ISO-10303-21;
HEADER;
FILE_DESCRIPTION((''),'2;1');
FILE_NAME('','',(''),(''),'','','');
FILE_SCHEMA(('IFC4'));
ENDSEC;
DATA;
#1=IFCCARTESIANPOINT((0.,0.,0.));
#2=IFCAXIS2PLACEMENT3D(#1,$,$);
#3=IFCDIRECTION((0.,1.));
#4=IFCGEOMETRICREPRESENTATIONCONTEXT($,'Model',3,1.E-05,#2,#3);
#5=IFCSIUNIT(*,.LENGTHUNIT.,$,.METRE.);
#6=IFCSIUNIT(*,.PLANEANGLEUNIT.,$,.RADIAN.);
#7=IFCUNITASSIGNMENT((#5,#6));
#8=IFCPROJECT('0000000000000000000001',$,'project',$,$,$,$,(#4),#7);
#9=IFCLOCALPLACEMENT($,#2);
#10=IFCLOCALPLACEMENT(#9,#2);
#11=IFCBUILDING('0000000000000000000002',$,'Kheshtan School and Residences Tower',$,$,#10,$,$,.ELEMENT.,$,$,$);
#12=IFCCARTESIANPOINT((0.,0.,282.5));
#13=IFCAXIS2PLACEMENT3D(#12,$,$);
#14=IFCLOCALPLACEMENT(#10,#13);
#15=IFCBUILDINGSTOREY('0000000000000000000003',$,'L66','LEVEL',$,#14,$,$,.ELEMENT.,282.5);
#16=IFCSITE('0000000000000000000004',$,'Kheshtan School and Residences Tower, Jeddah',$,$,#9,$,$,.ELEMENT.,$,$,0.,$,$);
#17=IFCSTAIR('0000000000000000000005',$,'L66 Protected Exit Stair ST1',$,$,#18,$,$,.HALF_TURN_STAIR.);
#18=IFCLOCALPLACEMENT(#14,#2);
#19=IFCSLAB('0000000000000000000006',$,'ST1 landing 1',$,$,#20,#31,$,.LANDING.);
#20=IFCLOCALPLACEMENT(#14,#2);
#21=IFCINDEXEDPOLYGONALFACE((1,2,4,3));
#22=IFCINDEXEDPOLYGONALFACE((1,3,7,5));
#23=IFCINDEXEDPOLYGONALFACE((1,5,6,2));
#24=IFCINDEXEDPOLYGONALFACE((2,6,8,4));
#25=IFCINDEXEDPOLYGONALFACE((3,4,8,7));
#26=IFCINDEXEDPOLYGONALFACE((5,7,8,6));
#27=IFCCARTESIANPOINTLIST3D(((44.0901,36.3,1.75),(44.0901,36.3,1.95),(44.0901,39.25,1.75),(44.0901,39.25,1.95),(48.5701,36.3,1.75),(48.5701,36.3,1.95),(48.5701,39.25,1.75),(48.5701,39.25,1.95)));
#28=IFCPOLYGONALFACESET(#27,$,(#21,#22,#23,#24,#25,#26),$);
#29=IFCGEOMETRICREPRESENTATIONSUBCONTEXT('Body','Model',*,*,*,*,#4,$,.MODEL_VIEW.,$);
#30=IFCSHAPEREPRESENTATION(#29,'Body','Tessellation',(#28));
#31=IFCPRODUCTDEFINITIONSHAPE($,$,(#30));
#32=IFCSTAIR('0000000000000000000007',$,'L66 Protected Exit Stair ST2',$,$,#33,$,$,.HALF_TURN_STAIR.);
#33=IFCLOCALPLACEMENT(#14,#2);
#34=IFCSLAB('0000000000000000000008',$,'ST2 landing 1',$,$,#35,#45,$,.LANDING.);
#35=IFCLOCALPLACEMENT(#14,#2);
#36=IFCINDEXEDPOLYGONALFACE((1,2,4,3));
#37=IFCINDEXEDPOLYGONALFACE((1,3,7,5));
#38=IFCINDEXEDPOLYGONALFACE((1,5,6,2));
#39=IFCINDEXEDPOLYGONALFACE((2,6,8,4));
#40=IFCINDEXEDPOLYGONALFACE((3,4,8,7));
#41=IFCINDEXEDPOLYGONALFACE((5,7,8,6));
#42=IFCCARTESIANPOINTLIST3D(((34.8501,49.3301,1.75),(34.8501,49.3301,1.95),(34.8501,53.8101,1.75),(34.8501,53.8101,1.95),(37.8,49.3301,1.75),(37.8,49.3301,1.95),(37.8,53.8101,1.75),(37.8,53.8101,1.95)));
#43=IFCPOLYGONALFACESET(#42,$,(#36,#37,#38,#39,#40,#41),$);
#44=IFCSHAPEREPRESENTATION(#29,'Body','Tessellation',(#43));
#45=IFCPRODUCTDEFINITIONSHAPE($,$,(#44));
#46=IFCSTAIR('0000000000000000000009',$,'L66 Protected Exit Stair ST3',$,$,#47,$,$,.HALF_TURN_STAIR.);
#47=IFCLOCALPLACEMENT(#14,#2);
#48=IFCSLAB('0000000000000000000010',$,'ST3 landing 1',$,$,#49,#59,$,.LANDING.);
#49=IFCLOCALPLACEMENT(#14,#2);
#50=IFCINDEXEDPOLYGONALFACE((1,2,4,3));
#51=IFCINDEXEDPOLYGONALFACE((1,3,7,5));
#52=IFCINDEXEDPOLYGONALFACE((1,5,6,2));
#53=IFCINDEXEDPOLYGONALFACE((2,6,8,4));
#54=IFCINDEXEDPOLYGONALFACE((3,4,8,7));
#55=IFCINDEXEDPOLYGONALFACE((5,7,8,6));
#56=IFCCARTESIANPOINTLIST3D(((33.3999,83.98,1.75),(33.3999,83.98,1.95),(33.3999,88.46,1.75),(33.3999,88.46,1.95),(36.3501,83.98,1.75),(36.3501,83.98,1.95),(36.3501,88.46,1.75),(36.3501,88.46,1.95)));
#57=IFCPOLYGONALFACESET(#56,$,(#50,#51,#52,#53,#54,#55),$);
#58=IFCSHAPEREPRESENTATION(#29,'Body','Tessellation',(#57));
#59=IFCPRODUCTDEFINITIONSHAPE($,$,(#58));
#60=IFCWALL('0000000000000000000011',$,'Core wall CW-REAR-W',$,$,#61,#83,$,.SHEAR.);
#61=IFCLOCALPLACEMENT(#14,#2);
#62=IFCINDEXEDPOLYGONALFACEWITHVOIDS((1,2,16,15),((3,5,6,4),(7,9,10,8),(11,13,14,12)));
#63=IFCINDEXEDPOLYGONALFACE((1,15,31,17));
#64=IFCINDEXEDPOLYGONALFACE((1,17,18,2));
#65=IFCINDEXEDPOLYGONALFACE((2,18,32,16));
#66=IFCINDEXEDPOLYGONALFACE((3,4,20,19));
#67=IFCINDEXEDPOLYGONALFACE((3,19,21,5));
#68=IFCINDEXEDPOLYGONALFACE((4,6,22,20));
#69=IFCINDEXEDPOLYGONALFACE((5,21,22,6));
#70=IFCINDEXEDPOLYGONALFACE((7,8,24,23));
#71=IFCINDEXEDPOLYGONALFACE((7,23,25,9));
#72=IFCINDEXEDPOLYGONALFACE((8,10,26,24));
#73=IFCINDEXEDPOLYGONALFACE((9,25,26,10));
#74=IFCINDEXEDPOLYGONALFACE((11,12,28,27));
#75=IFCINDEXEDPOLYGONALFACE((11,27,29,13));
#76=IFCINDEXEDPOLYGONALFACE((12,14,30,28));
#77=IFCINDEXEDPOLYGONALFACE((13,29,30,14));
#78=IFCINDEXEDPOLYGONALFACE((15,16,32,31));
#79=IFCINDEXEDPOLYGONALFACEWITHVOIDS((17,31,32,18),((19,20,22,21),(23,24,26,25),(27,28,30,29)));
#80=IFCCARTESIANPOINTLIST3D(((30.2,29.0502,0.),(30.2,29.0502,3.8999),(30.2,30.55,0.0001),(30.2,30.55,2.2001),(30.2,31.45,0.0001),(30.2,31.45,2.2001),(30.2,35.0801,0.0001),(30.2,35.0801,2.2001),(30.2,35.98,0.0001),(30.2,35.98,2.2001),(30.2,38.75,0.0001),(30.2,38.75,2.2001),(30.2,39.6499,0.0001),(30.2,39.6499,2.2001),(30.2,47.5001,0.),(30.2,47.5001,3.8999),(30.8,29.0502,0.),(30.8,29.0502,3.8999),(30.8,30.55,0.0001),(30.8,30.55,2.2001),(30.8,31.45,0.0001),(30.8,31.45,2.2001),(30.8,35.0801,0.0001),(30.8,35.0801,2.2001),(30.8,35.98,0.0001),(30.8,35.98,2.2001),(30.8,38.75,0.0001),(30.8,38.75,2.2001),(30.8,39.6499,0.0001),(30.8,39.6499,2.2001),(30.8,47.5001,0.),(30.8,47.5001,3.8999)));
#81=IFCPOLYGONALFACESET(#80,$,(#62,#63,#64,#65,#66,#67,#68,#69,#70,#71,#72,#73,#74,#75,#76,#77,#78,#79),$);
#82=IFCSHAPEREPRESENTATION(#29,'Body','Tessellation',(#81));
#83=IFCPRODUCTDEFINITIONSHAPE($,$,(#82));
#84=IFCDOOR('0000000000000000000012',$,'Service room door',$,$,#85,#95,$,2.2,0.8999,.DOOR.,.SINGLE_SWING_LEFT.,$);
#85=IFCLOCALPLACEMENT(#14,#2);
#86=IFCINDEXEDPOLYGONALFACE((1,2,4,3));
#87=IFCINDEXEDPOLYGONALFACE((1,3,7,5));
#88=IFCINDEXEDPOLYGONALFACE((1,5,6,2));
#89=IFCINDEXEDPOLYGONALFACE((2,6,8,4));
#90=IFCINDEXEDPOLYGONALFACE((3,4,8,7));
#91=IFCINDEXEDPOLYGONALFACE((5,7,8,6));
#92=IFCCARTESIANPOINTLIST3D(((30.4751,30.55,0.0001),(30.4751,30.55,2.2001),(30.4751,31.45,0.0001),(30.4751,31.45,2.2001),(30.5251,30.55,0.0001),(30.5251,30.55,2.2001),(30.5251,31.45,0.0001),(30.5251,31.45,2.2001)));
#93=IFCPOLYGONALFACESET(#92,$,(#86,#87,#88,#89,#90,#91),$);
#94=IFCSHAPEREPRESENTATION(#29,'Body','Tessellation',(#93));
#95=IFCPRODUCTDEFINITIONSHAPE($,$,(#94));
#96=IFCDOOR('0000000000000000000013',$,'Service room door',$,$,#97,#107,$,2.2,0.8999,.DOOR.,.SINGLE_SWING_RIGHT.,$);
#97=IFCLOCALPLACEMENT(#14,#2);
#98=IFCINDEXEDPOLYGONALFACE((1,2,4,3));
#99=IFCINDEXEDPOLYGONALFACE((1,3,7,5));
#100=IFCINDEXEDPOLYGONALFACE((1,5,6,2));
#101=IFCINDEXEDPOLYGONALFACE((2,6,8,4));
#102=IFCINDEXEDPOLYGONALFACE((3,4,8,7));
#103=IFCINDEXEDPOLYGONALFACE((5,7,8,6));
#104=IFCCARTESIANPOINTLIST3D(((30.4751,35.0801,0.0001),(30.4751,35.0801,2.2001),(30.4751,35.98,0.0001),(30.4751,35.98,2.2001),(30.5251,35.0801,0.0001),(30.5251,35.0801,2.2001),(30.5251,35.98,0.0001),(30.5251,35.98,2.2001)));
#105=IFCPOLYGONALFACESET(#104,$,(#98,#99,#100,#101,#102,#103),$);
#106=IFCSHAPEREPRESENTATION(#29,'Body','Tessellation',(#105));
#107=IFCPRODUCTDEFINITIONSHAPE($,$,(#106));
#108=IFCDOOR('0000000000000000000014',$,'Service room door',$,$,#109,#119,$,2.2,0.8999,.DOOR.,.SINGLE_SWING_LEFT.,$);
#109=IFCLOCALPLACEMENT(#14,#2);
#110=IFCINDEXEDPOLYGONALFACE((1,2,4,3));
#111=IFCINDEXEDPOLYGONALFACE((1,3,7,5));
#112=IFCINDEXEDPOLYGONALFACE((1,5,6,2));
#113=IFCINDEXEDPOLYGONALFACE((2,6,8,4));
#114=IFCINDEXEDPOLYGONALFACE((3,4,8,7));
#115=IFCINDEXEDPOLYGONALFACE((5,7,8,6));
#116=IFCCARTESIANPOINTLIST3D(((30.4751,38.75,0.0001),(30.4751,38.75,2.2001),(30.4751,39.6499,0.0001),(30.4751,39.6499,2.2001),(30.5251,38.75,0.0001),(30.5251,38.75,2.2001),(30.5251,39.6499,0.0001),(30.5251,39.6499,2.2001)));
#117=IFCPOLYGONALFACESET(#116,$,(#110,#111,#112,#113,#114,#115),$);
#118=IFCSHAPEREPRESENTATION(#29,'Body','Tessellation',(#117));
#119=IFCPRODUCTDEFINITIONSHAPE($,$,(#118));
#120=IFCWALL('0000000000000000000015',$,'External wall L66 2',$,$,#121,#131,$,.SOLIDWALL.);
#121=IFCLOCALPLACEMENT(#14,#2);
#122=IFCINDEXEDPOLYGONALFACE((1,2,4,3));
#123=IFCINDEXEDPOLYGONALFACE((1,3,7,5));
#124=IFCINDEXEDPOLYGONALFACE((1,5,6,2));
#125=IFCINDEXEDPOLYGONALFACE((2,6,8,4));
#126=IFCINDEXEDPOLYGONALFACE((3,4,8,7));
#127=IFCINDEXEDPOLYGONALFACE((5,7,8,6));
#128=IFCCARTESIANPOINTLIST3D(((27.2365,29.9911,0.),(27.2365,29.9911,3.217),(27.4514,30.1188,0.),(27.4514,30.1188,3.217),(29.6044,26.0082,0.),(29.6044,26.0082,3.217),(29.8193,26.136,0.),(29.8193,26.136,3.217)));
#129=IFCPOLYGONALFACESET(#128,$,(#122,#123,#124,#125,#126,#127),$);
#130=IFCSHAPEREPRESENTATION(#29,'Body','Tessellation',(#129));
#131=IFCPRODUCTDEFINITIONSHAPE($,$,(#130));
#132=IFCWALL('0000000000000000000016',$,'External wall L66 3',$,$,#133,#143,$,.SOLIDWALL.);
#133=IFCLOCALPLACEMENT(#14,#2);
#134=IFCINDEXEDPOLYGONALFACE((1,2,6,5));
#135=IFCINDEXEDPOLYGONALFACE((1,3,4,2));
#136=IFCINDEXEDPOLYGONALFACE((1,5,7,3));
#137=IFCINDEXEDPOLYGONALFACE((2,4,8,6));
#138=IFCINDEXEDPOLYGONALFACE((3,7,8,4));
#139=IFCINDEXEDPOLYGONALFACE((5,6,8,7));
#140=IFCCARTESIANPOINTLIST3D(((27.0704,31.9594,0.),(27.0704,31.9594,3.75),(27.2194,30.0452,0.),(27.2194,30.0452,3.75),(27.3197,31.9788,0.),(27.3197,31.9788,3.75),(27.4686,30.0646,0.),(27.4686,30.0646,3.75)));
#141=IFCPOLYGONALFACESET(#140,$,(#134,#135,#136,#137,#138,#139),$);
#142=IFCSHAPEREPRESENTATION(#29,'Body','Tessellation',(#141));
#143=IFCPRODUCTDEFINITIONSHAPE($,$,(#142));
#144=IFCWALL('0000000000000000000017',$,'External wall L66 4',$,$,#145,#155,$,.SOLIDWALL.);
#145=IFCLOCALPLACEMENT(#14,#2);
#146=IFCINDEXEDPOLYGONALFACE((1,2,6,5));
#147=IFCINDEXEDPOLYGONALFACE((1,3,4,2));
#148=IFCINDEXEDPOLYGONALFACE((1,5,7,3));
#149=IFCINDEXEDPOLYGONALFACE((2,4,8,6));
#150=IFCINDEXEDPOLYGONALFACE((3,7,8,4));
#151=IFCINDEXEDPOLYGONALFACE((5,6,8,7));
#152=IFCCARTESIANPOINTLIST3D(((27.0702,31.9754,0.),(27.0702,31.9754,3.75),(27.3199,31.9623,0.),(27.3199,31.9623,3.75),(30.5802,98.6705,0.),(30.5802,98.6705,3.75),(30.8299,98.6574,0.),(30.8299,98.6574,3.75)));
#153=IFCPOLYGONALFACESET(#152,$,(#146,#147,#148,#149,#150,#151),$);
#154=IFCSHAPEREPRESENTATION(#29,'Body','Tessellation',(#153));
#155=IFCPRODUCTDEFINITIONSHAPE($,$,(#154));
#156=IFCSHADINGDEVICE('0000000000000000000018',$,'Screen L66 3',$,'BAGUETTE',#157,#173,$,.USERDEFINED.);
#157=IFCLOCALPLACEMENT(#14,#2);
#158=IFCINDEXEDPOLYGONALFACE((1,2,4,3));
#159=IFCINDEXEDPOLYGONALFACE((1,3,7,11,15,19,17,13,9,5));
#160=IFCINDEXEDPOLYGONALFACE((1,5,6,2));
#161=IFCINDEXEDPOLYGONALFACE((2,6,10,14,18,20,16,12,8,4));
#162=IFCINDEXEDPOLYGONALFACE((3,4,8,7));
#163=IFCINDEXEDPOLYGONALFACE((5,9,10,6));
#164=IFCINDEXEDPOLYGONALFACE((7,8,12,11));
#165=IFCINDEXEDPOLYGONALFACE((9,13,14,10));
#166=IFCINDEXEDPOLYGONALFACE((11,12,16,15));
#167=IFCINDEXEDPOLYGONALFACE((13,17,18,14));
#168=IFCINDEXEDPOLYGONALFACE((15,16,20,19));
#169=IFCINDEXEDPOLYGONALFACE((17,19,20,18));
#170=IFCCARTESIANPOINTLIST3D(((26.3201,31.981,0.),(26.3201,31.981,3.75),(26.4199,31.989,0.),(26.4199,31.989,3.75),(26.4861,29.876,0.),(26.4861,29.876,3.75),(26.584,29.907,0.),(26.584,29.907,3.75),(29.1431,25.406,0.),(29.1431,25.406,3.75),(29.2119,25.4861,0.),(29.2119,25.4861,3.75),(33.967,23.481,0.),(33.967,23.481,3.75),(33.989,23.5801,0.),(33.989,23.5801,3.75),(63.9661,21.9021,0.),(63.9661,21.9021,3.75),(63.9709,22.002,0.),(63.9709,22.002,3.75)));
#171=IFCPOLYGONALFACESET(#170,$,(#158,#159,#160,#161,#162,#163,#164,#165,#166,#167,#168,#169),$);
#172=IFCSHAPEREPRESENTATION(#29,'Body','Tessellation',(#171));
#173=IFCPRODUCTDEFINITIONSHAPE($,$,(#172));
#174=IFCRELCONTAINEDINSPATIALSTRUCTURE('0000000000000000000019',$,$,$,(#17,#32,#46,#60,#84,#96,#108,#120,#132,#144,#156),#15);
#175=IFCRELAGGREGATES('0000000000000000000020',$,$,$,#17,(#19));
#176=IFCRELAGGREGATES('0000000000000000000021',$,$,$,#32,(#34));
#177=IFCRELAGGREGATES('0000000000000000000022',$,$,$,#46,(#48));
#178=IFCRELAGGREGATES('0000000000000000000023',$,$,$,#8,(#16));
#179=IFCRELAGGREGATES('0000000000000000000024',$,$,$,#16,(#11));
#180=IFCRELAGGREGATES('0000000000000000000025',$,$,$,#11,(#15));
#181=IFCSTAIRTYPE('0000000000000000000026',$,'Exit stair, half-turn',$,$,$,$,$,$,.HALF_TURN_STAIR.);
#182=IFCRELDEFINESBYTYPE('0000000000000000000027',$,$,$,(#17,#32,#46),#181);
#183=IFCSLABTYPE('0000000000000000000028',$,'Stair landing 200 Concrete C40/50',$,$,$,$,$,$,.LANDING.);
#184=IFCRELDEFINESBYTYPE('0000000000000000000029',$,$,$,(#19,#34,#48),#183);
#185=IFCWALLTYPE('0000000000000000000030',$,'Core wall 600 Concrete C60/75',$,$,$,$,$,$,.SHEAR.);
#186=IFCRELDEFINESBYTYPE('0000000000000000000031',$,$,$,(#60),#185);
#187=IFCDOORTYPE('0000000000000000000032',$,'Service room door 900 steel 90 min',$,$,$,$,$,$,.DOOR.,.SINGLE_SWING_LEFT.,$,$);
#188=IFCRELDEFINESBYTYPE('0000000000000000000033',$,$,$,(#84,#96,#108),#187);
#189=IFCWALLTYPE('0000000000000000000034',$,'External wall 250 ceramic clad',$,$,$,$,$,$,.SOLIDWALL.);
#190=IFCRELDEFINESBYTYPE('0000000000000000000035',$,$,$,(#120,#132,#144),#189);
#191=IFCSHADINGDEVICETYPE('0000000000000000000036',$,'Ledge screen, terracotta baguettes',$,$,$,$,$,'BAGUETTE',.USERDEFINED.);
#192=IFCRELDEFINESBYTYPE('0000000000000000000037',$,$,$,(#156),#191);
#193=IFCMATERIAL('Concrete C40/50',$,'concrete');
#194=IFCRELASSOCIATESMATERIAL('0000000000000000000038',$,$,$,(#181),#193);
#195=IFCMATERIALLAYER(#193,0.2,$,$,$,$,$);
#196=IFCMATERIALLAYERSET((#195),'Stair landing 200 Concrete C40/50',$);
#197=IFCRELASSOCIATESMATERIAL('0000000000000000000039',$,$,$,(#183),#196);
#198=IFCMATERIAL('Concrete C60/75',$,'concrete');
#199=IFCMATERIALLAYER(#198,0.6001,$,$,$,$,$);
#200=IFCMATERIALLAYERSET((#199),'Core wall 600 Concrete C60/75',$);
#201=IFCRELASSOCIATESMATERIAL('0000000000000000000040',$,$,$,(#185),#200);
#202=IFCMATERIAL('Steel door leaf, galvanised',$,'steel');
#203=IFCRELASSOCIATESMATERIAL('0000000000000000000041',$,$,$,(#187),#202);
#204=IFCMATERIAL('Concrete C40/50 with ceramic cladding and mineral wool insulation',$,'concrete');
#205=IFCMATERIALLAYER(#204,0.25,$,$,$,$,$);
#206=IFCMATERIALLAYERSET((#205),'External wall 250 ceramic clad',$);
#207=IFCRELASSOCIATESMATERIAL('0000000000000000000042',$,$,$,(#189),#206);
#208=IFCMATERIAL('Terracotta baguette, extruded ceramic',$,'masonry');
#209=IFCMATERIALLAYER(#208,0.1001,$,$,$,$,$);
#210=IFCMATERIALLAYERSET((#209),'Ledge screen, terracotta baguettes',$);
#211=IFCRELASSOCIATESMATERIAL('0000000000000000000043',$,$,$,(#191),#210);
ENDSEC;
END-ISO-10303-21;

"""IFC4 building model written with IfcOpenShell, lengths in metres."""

from ifc_helpers import new_model, si_unit, direction, frame, frame_2d, origin, place, context, subcontext, project, spatial, polyline, rectangle, outline, extrude, source, transform, mapped, material, layer, layer_set, type_object, element, fill, aggregate, save


model = new_model("IFC4")

# Units and contexts
model_context = context("Model", 3, precision=1e-05, world=origin(), true_north=direction((0.0, 1.0)))
body_context = subcontext(model_context, "Body", "Model", "MODEL_VIEW")
ifc_project = project(units=[si_unit("LENGTHUNIT", "METRE"), si_unit("PLANEANGLEUNIT", "RADIAN")], contexts=[model_context])

# Site, building, storey
site_placement = place(None, origin())
site = spatial("IfcSite", under=ifc_project, at=site_placement, Name="Kheshtan School and Residences Tower, Jeddah", CompositionType="ELEMENT", RefElevation=0.0)
building_placement = place(site_placement, origin())
building = spatial("IfcBuilding", under=site, at=building_placement, Name="Kheshtan School and Residences Tower", CompositionType="ELEMENT")
storey_placement = place(building_placement, frame((0.0, 0.0, 282.5)))
storey = spatial("IfcBuildingStorey", under=building, at=storey_placement, Name="L66", Description="LEVEL", CompositionType="ELEMENT", Elevation=282.5)

# Shared definitions
ifc_material_1 = material(Name="Concrete C40/50", Category="concrete")

# Stairs, slabs
stair_type = type_object("IfcStairType", Name="Exit stair, half-turn", PredefinedType="HALF_TURN_STAIR", material=ifc_material_1)
stair_1_placement = place(storey_placement, origin())
stair_1 = element("IfcStair", 1, at=stair_1_placement, inside=storey, type_object=stair_type, Name="L66 Protected Exit Stair ST1", PredefinedType="HALF_TURN_STAIR")
ifc_layer_1 = layer(ifc_material_1, 0.2)
ifc_layer_set_1 = layer_set([ifc_layer_1], Name="Stair landing 200 Concrete C40/50")
slab_type_1 = type_object("IfcSlabType", Name="Stair landing 200 Concrete C40/50", PredefinedType="LANDING", material=ifc_layer_set_1)
slab_1_placement = place(storey_placement, frame((0.0, 0.0, 1.75)))
slab_1 = element("IfcSlab", 2, at=slab_1_placement, type_object=slab_type_1, Name="ST1 landing 1", PredefinedType="LANDING", context=body_context, shape_type="SweptSolid", body=[
    extrude(outline(polyline([(48.5701, 39.25), (44.0901, 39.25), (44.0901, 36.3), (48.5701, 36.3), (48.5701, 39.25)])), origin(), (0.0, 0.0, 1.0), 0.2),
])
aggregate(stair_1, [slab_1])
stair_2_placement = place(storey_placement, origin())
stair_2 = element("IfcStair", 3, at=stair_2_placement, inside=storey, type_object=stair_type, Name="L66 Protected Exit Stair ST2", PredefinedType="HALF_TURN_STAIR")
slab_2_placement = place(storey_placement, frame((0.0, 0.0, 1.75)))
slab_2 = element("IfcSlab", 4, at=slab_2_placement, type_object=slab_type_1, Name="ST2 landing 1", PredefinedType="LANDING", context=body_context, shape_type="SweptSolid", body=[
    extrude(outline(polyline([(37.8, 49.3301), (37.8, 53.8101), (34.8501, 53.8101), (34.8501, 49.3301), (37.8, 49.3301)])), origin(), (0.0, 0.0, 1.0), 0.2),
])
aggregate(stair_2, [slab_2])
stair_3_placement = place(storey_placement, origin())
stair_3 = element("IfcStair", 5, at=stair_3_placement, inside=storey, type_object=stair_type, Name="L66 Protected Exit Stair ST3", PredefinedType="HALF_TURN_STAIR")
slab_3_placement = place(storey_placement, frame((0.0, 0.0, 1.75)))
slab_3 = element("IfcSlab", 6, at=slab_3_placement, type_object=slab_type_1, Name="ST3 landing 1", PredefinedType="LANDING", context=body_context, shape_type="SweptSolid", body=[
    extrude(outline(polyline([(36.3501, 83.98), (36.3501, 88.46), (33.3999, 88.46), (33.3999, 83.98), (36.3501, 83.98)])), origin(), (0.0, 0.0, 1.0), 0.2),
])
aggregate(stair_3, [slab_3])

# Wall, openings, doors
ifc_material_2 = material(Name="Concrete C60/75", Category="concrete")
ifc_layer_2 = layer(ifc_material_2, 0.6001)
ifc_layer_set_2 = layer_set([ifc_layer_2], Name="Core wall 600 Concrete C60/75")
wall_type_1 = type_object("IfcWallType", Name="Core wall 600 Concrete C60/75", PredefinedType="SHEAR", material=ifc_layer_set_2)
wall_1_placement = place(storey_placement, frame((30.5, 29.05, 0.0), z_axis=(0.0, 0.0, 1.0), x_axis=(0.0, 1.0, 0.0)))
wall_1 = element("IfcWall", 7, at=wall_1_placement, inside=storey, type_object=wall_type_1, Name="Core wall CW-REAR-W", PredefinedType="SHEAR", context=body_context, shape_type="SweptSolid", body=[
    extrude(rectangle(XDim=18.45, YDim=0.6001, at=frame_2d((9.2251, 0.0))), origin(), (0.0, 0.0, 1.0), 3.8999),
])
opening_1_placement = place(wall_1_placement, frame((1.5, 0.0, 0.0)))
opening_1 = element("IfcOpeningElement", 8, at=opening_1_placement, cuts=wall_1, PredefinedType="OPENING", context=body_context, shape_type="SweptSolid", body=[
    extrude(rectangle(XDim=0.8999, YDim=2.2, at=frame_2d((0.45, 1.1001))), frame((0.0, 0.3101, 0.0), z_axis=(0.0, -1.0, 0.0), x_axis=(1.0, 0.0, 0.0)), (0.0, 0.0, 1.0), 0.6201),
])
opening_2_placement = place(wall_1_placement, frame((6.03, 0.0, 0.0)))
opening_2 = element("IfcOpeningElement", 9, at=opening_2_placement, cuts=wall_1, PredefinedType="OPENING", context=body_context, shape_type="SweptSolid", body=[
    extrude(rectangle(XDim=0.8999, YDim=2.2, at=frame_2d((0.45, 1.1001))), frame((0.0, 0.3101, 0.0), z_axis=(0.0, -1.0, 0.0), x_axis=(1.0, 0.0, 0.0)), (0.0, 0.0, 1.0), 0.6201),
])
opening_3_placement = place(wall_1_placement, frame((9.7, 0.0, 0.0)))
opening_3 = element("IfcOpeningElement", 10, at=opening_3_placement, cuts=wall_1, PredefinedType="OPENING", context=body_context, shape_type="SweptSolid", body=[
    extrude(rectangle(XDim=0.8999, YDim=2.2, at=frame_2d((0.45, 1.1001))), frame((0.0, 0.3101, 0.0), z_axis=(0.0, -1.0, 0.0), x_axis=(1.0, 0.0, 0.0)), (0.0, 0.0, 1.0), 0.6201),
])
ifc_material_3 = material(Name="Steel door leaf, galvanised", Category="steel")
door_type = type_object("IfcDoorType", Name="Service room door 900 steel 90 min", OperationType="SINGLE_SWING_LEFT", PredefinedType="DOOR", material=ifc_material_3)
shared_shape = source(origin(), body_context, "Body", "SweptSolid", [
    extrude(rectangle(XDim=0.8999, YDim=2.2, at=frame_2d((0.45, 1.1001))), frame((0.0, 0.0249, 0.0), z_axis=(0.0, -1.0, 0.0), x_axis=(1.0, 0.0, 0.0)), (0.0, 0.0, 1.0), 0.05),
])
door_1_placement = place(opening_1_placement, origin())
door_1 = element("IfcDoor", 11, at=door_1_placement, inside=storey, type_object=door_type, Name="Service room door", OperationType="SINGLE_SWING_LEFT", OverallHeight=2.2, OverallWidth=0.8999, PredefinedType="DOOR", context=body_context, shape_type="MappedRepresentation", body=[
    mapped(shared_shape, transform((0.0, 0.0, 0.0), x_axis=(1.0, 0.0, 0.0), y_axis=(0.0, 1.0, 0.0), z_axis=(0.0, 0.0, 1.0), scale=1.0)),
])
fill(opening_1, door_1)
door_2_placement = place(opening_2_placement, origin())
door_2 = element("IfcDoor", 12, at=door_2_placement, inside=storey, type_object=door_type, Name="Service room door", OperationType="SINGLE_SWING_RIGHT", OverallHeight=2.2, OverallWidth=0.8999, PredefinedType="DOOR", context=body_context, shape_type="MappedRepresentation", body=[
    mapped(shared_shape, transform((0.0, 0.0, 0.0), x_axis=(1.0, 0.0, 0.0), y_axis=(0.0, 1.0, 0.0), z_axis=(0.0, 0.0, 1.0), scale=1.0)),
])
fill(opening_2, door_2)
door_3_placement = place(opening_3_placement, origin())
door_3 = element("IfcDoor", 13, at=door_3_placement, inside=storey, type_object=door_type, Name="Service room door", OperationType="SINGLE_SWING_LEFT", OverallHeight=2.2, OverallWidth=0.8999, PredefinedType="DOOR", context=body_context, shape_type="MappedRepresentation", body=[
    mapped(shared_shape, transform((0.0, 0.0, 0.0), x_axis=(1.0, 0.0, 0.0), y_axis=(0.0, 1.0, 0.0), z_axis=(0.0, 0.0, 1.0), scale=1.0)),
])
fill(opening_3, door_3)

# Walls
ifc_material_4 = material(Name="Concrete C40/50 with ceramic cladding and mineral wool insulation", Category="concrete")
ifc_layer_3 = layer(ifc_material_4, 0.25)
ifc_layer_set_3 = layer_set([ifc_layer_3], Name="External wall 250 ceramic clad")
wall_type_2 = type_object("IfcWallType", Name="External wall 250 ceramic clad", PredefinedType="SOLIDWALL", material=ifc_layer_set_3)
wall_2_placement = place(storey_placement, frame((29.7119, 26.072, 0.0), z_axis=(0.0, 0.0, 1.0), x_axis=(-0.511028, 0.859564, 0.0)))
element("IfcWall", 14, at=wall_2_placement, inside=storey, type_object=wall_type_2, Name="External wall L66 2", PredefinedType="SOLIDWALL", context=body_context, shape_type="SweptSolid", body=[
    extrude(rectangle(XDim=4.6335, YDim=0.25, at=frame_2d((2.3169, 0.0))), origin(), (0.0, 0.0, 1.0), 3.217),
])
wall_3_placement = place(storey_placement, frame((27.344, 30.0549, 0.0), z_axis=(0.0, 0.0, 1.0), x_axis=(-0.077572, 0.996987, 0.0)))
element("IfcWall", 15, at=wall_3_placement, inside=storey, type_object=wall_type_2, Name="External wall L66 3", PredefinedType="SOLIDWALL", context=body_context, shape_type="SweptSolid", body=[
    extrude(rectangle(XDim=1.9199, YDim=0.25, at=frame_2d((0.96, 0.0))), origin(), (0.0, 0.0, 1.0), 3.75),
])
wall_4_placement = place(storey_placement, frame((27.1951, 31.969, 0.0), z_axis=(0.0, 0.0, 1.0), x_axis=(0.052555, 0.998618, 0.0)))
element("IfcWall", 16, at=wall_4_placement, inside=storey, type_object=wall_type_2, Name="External wall L66 4", PredefinedType="SOLIDWALL", context=body_context, shape_type="SweptSolid", body=[
    extrude(rectangle(XDim=66.7874, YDim=0.25, at=frame_2d((33.3936, 0.0))), origin(), (0.0, 0.0, 1.0), 3.75),
])

# Shading device
ifc_material_5 = material(Name="Terracotta baguette, extruded ceramic", Category="masonry")
ifc_layer_4 = layer(ifc_material_5, 0.1001)
ifc_layer_set_4 = layer_set([ifc_layer_4], Name="Ledge screen, terracotta baguettes")
shading_device_type_1 = type_object("IfcShadingDeviceType", Name="Ledge screen, terracotta baguettes", ElementType="BAGUETTE", PredefinedType="USERDEFINED", material=ifc_layer_set_4)
shading_device_1_placement = place(storey_placement, origin())
element("IfcShadingDevice", 17, at=shading_device_1_placement, inside=storey, type_object=shading_device_type_1, Name="Screen L66 3", ObjectType="BAGUETTE", PredefinedType="USERDEFINED", context=body_context, shape_type="SweptSolid", body=[
    extrude(outline(polyline([(63.9709, 22.002), (33.989, 23.5801), (29.2119, 25.4861), (26.584, 29.907), (26.4199, 31.989), (26.3201, 31.981), (26.4861, 29.876), (29.1431, 25.406), (33.967, 23.481), (63.9661, 21.9021), (63.9709, 22.002)])), origin(), (0.0, 0.0, 1.0), 3.75),
])

save(model, "model.ifc")
